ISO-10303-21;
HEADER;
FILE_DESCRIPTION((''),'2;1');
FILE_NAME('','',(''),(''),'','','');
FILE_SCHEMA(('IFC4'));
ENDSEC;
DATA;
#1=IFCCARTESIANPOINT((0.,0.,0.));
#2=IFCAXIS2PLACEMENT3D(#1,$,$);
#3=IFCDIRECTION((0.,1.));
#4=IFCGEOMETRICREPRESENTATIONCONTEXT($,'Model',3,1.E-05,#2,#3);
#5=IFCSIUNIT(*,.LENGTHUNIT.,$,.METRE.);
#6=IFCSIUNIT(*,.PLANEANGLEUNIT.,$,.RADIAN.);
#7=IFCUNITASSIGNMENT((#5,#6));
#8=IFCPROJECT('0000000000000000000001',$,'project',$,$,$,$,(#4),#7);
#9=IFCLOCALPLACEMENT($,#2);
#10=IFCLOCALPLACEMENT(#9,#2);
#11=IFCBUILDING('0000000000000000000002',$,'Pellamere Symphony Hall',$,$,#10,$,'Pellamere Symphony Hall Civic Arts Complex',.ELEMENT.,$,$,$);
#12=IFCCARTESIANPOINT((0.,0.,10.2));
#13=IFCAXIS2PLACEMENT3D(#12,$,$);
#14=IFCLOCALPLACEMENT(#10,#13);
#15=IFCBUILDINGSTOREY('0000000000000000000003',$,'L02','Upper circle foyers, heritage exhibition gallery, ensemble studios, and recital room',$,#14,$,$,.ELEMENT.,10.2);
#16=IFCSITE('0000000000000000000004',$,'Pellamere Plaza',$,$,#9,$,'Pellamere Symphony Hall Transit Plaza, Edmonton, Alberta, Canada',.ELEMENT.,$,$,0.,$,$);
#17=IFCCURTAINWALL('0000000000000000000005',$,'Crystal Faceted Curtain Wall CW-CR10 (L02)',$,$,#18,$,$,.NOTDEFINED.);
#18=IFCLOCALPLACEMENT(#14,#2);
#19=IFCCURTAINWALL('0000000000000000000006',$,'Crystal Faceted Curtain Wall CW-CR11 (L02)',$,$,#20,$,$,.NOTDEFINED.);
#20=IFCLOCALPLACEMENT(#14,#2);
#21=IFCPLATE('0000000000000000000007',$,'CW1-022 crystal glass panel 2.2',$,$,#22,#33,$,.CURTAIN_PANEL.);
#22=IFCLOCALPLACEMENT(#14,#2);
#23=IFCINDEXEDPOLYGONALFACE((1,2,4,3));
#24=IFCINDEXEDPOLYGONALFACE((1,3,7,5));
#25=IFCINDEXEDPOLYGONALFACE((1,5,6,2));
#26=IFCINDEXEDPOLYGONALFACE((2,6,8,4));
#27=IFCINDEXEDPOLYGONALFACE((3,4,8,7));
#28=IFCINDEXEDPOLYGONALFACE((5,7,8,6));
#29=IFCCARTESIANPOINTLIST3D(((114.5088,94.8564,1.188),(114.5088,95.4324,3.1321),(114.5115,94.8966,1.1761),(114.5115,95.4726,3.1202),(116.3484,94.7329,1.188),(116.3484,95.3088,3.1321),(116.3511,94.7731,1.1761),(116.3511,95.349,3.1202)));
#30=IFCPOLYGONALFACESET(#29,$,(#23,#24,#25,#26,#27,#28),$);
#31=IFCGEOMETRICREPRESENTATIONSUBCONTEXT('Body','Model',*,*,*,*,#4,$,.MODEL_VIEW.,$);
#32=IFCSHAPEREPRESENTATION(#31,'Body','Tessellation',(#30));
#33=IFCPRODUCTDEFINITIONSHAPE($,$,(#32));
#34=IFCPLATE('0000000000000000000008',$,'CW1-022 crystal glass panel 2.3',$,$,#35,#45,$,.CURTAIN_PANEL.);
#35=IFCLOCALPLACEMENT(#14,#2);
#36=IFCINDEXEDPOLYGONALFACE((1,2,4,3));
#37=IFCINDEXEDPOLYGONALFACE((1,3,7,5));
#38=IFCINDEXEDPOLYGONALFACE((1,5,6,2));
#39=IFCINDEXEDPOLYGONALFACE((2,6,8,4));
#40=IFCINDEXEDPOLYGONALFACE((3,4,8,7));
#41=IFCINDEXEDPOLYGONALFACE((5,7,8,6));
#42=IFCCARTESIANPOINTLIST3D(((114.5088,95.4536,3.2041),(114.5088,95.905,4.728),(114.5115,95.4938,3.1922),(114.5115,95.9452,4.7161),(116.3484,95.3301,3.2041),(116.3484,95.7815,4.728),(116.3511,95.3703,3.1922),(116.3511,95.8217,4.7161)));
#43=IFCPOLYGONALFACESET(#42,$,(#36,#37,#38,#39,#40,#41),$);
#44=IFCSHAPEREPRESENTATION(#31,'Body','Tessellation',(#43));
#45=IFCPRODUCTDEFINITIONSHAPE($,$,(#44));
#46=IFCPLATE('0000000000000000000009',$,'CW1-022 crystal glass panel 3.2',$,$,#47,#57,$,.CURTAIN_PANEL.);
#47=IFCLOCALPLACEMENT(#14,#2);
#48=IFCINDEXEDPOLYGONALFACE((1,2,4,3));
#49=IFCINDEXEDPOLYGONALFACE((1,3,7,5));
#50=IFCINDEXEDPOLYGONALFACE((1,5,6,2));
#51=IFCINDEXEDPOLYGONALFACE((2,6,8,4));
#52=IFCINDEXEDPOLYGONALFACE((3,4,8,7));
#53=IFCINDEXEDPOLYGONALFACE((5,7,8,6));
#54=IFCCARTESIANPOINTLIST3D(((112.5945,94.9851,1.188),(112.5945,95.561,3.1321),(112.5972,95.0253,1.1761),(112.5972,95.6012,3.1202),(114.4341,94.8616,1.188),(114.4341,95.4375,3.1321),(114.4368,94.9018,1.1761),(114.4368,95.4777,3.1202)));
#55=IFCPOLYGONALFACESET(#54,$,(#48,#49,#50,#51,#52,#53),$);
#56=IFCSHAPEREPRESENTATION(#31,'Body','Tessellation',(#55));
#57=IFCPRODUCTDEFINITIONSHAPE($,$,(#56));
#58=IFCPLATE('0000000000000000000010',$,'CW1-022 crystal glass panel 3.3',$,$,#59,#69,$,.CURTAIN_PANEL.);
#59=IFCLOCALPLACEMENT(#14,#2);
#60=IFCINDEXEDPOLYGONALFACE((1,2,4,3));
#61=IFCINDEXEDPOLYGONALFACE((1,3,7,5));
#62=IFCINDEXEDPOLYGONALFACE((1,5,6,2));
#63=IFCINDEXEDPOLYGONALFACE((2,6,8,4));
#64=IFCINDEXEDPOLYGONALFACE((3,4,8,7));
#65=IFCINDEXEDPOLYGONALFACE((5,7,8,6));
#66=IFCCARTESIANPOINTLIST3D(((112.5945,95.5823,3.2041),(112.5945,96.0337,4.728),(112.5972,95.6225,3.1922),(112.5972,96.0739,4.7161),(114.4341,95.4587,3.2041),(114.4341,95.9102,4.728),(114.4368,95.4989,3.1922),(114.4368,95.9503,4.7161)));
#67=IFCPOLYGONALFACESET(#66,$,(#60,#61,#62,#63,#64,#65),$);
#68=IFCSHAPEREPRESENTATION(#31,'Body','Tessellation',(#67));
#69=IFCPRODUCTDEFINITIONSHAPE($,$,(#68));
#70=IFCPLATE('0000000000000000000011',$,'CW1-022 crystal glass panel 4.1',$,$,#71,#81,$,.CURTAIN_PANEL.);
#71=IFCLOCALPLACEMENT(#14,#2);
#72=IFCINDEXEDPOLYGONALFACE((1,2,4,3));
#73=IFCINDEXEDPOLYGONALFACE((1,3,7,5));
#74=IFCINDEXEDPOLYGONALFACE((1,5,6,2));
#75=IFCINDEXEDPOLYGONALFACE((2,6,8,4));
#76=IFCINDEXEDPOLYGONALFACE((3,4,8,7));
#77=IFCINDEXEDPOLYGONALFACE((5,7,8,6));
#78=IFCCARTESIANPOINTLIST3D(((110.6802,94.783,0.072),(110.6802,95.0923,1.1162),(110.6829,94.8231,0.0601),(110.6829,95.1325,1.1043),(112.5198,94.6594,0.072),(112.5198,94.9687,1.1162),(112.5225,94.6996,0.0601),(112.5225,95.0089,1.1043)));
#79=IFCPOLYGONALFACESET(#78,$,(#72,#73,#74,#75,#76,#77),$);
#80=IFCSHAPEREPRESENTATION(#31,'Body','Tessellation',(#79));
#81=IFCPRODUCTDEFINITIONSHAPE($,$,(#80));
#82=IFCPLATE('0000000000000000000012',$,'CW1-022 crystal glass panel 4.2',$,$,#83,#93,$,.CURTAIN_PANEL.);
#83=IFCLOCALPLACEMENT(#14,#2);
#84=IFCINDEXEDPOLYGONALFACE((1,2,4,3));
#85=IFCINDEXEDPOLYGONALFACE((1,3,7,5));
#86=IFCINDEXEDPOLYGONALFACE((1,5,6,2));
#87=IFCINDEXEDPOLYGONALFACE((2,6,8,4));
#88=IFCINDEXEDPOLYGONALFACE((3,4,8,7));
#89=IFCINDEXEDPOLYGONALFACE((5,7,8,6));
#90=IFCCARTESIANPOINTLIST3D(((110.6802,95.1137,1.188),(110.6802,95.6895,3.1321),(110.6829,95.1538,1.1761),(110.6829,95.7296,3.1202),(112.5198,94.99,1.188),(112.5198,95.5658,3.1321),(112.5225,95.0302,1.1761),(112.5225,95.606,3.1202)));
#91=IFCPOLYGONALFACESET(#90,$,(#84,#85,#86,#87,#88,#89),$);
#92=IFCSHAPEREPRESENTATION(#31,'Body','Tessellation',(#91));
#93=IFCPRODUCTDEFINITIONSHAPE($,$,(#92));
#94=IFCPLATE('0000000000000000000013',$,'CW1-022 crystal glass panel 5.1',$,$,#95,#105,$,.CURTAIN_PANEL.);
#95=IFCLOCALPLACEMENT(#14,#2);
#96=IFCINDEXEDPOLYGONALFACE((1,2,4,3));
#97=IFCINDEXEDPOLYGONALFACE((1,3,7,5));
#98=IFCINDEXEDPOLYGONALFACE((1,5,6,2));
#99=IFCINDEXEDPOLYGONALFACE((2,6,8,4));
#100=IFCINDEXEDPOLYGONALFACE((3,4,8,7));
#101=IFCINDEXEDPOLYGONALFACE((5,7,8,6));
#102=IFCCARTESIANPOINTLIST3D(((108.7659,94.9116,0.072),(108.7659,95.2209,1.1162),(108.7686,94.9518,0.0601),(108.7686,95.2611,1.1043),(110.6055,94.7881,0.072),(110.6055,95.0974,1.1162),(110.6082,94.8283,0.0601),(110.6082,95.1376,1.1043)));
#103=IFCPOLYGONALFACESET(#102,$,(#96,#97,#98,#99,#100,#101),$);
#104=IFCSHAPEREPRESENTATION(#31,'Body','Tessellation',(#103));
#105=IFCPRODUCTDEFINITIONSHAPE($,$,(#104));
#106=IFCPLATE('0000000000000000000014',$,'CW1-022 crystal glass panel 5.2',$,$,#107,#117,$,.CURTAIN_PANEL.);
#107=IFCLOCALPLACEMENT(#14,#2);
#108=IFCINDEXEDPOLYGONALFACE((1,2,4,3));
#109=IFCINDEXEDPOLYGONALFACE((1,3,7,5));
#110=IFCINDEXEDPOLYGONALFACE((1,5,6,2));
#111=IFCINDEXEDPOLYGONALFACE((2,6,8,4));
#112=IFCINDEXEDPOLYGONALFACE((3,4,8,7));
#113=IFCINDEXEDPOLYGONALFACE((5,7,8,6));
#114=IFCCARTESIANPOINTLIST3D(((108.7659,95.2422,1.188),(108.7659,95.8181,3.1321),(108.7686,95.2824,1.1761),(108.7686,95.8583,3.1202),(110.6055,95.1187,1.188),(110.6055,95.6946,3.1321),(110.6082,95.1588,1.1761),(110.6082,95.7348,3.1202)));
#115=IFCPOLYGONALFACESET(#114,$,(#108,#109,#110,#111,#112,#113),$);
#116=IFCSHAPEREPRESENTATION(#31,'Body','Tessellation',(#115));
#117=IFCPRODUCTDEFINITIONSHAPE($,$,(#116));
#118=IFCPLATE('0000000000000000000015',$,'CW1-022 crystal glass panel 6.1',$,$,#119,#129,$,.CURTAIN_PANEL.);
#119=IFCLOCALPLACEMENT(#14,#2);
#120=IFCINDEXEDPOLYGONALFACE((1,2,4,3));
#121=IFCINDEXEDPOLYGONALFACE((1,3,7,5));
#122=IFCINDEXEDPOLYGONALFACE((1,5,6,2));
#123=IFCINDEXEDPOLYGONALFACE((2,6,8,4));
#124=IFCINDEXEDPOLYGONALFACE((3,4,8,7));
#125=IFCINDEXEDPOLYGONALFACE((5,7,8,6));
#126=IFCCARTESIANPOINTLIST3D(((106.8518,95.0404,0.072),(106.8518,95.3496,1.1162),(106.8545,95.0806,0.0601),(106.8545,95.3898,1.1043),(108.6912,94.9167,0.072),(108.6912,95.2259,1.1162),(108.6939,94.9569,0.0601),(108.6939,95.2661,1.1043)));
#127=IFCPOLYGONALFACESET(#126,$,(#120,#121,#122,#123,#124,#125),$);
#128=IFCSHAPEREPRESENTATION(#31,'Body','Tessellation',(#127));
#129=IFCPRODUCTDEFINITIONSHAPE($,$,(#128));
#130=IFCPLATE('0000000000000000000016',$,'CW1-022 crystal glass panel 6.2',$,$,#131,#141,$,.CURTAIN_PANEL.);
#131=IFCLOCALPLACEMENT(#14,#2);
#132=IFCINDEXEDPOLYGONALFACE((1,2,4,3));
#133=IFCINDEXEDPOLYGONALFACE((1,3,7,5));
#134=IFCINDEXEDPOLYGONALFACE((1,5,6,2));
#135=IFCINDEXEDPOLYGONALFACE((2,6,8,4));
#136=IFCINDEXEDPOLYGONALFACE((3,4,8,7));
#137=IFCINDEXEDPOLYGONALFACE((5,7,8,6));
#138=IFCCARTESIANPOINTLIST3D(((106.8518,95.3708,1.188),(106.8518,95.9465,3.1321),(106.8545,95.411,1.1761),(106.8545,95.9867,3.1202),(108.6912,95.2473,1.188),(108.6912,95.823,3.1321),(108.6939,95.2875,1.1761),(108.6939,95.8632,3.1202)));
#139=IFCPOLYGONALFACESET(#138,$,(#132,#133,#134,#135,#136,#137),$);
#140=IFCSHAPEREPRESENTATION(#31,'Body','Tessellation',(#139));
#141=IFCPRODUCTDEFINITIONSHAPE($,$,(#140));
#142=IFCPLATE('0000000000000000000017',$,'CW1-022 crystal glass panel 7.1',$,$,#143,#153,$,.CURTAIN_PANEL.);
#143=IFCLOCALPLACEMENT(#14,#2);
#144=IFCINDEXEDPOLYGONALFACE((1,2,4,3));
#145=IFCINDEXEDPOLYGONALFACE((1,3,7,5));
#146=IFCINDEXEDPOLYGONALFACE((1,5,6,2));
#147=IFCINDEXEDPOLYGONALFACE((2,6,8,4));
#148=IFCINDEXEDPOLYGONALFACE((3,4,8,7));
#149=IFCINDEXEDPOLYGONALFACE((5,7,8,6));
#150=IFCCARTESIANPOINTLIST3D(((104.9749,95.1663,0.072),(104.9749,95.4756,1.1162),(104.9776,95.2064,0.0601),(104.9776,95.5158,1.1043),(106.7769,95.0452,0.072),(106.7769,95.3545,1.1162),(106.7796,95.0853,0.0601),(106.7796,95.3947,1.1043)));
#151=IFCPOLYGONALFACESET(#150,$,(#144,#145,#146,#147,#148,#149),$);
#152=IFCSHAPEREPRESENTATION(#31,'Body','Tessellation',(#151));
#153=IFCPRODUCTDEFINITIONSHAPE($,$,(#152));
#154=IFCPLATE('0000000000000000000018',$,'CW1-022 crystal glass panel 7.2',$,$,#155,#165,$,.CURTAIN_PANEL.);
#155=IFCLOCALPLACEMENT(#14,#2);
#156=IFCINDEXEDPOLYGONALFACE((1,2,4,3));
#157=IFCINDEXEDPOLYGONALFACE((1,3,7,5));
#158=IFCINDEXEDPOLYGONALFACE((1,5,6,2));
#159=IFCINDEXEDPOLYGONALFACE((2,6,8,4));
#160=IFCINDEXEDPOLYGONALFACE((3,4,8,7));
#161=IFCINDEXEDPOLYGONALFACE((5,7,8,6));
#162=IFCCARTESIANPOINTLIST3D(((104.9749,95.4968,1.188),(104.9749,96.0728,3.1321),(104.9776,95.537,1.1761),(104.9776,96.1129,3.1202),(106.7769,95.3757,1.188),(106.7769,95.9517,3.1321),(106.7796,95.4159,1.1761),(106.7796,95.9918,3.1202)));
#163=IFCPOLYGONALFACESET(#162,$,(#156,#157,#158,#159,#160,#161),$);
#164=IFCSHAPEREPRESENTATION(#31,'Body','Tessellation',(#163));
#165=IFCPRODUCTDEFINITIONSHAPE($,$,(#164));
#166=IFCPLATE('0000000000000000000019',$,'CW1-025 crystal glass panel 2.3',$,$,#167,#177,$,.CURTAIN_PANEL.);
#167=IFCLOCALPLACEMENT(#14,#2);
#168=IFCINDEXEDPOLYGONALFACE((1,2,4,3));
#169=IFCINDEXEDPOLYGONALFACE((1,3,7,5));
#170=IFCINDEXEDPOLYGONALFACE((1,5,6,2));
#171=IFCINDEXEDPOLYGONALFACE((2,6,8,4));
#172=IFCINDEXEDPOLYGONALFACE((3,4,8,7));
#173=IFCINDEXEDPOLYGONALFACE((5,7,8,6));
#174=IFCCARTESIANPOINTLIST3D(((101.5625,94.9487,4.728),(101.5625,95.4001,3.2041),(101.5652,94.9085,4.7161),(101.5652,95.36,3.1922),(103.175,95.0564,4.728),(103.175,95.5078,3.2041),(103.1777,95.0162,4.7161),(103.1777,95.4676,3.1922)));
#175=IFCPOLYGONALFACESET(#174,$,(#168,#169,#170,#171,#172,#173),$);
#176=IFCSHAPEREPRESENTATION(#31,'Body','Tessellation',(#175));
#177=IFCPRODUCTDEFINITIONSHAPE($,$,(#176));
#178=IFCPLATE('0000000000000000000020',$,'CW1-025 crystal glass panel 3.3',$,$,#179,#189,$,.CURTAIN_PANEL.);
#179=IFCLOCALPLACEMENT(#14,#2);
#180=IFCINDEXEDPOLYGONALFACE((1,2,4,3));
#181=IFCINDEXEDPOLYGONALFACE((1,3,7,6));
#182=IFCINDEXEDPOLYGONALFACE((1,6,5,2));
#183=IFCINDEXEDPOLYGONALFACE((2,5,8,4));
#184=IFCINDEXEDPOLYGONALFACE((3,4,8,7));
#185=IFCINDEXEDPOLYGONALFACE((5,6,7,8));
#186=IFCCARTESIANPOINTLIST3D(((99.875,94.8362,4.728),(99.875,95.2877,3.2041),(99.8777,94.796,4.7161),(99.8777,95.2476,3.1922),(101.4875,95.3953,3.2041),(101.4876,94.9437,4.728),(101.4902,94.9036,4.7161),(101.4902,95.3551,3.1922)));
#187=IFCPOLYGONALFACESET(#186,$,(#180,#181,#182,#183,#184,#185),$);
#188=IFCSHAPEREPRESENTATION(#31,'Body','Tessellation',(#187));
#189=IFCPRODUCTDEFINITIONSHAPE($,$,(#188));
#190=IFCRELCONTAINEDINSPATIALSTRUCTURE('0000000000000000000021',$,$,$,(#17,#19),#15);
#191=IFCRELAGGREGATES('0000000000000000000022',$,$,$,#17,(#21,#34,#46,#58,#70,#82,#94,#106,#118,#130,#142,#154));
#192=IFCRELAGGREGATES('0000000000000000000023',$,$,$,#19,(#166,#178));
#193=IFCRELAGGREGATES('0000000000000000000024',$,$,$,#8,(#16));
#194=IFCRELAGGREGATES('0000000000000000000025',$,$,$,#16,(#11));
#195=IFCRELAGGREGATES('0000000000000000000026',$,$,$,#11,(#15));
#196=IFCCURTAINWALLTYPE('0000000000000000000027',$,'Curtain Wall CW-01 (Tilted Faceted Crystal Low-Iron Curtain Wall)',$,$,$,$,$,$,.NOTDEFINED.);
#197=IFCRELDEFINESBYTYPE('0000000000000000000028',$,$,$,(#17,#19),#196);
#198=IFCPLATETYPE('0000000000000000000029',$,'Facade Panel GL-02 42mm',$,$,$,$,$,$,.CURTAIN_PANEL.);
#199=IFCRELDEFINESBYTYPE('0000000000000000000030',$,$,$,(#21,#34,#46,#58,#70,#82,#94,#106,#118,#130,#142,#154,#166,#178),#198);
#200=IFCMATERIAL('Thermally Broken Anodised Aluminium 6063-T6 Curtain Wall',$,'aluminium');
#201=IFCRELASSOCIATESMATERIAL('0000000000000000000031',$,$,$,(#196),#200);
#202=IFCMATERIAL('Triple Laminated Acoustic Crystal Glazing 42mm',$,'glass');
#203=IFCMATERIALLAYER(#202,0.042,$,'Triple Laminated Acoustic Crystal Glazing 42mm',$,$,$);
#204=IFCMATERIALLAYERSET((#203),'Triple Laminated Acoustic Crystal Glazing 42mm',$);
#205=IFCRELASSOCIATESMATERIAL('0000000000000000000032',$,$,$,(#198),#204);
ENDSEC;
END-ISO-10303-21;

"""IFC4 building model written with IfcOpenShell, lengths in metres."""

from ifc_helpers import new_model, si_unit, direction, frame, origin, place, context, subcontext, project, spatial, polyline, outline, extrude, material, layer, layer_set, type_object, element, aggregate, save


model = new_model("IFC4")

# Units and contexts
model_context = context("Model", 3, precision=1e-05, world=origin(), true_north=direction((0.0, 1.0)))
body_context = subcontext(model_context, "Body", "Model", "MODEL_VIEW")
ifc_project = project(units=[si_unit("LENGTHUNIT", "METRE"), si_unit("PLANEANGLEUNIT", "RADIAN")], contexts=[model_context])

# Site, building, storey
site_placement = place(None, origin())
site = spatial("IfcSite", under=ifc_project, at=site_placement, Name="Pellamere Plaza", LongName="Pellamere Symphony Hall Transit Plaza, Edmonton, Alberta, Canada", CompositionType="ELEMENT", RefElevation=0.0)
building_placement = place(site_placement, origin())
building = spatial("IfcBuilding", under=site, at=building_placement, Name="Pellamere Symphony Hall", LongName="Pellamere Symphony Hall Civic Arts Complex", CompositionType="ELEMENT")
storey_placement = place(building_placement, frame((0.0, 0.0, 10.2)))
storey = spatial("IfcBuildingStorey", under=building, at=storey_placement, Name="L02", Description="Upper circle foyers, heritage exhibition gallery, ensemble studios, and recital room", CompositionType="ELEMENT", Elevation=10.2)

# Curtain walls
ifc_material_1 = material(Name="Thermally Broken Anodised Aluminium 6063-T6 Curtain Wall", Category="aluminium")
curtain_wall_type = type_object("IfcCurtainWallType", Name="Curtain Wall CW-01 (Tilted Faceted Crystal Low-Iron Curtain Wall)", PredefinedType="NOTDEFINED", material=ifc_material_1)
curtain_wall_1_placement = place(storey_placement, origin())
curtain_wall_1 = element("IfcCurtainWall", 1, at=curtain_wall_1_placement, inside=storey, type_object=curtain_wall_type, Name="Crystal Faceted Curtain Wall CW-CR10 (L02)", PredefinedType="NOTDEFINED")
curtain_wall_2_placement = place(storey_placement, origin())
curtain_wall_2 = element("IfcCurtainWall", 2, at=curtain_wall_2_placement, inside=storey, type_object=curtain_wall_type, Name="Crystal Faceted Curtain Wall CW-CR11 (L02)", PredefinedType="NOTDEFINED")

# Plates
ifc_material_2 = material(Name="Triple Laminated Acoustic Crystal Glazing 42mm", Category="glass")
ifc_layer_1 = layer(ifc_material_2, 0.042, Name="Triple Laminated Acoustic Crystal Glazing 42mm")
ifc_layer_set_1 = layer_set([ifc_layer_1], Name="Triple Laminated Acoustic Crystal Glazing 42mm")
plate_type_1 = type_object("IfcPlateType", Name="Facade Panel GL-02 42mm", PredefinedType="CURTAIN_PANEL", material=ifc_layer_set_1)
plate_1_placement = place(storey_placement, frame((116.3484, 94.7329, 1.188), z_axis=(-0.064254, -0.95683, 0.283456), x_axis=(-0.997753, 0.067002, 0.0)))
plate_1 = element("IfcPlate", 3, at=plate_1_placement, type_object=plate_type_1, Name="CW1-022 crystal glass panel 2.2", PredefinedType="CURTAIN_PANEL", context=body_context, shape_type="SweptSolid", body=[
    extrude(outline(polyline([(0.0, 0.0), (1.8437, 0.0), (1.8823, -2.0272), (0.0386, -2.0272), (0.0, 0.0)])), origin(), (0.0, 0.0, -1.0), 0.042),
])
plate_2_placement = place(storey_placement, frame((116.3484, 95.3301, 3.2041), z_axis=(-0.064255, -0.956837, 0.283433), x_axis=(-0.997753, 0.067002, 0.0)))
plate_2 = element("IfcPlate", 4, at=plate_2_placement, type_object=plate_type_1, Name="CW1-022 crystal glass panel 2.3", PredefinedType="CURTAIN_PANEL", context=body_context, shape_type="SweptSolid", body=[
    extrude(outline(polyline([(0.0, 0.0), (1.8437, 0.0), (1.874, -1.5891), (0.0302, -1.5891), (0.0, 0.0)])), origin(), (0.0, 0.0, -1.0), 0.042),
])
plate_3_placement = place(storey_placement, frame((114.4341, 94.8616, 1.188), z_axis=(-0.064254, -0.95683, 0.283456), x_axis=(-0.997753, 0.067002, 0.0)))
plate_3 = element("IfcPlate", 5, at=plate_3_placement, type_object=plate_type_1, Name="CW1-022 crystal glass panel 3.2", PredefinedType="CURTAIN_PANEL", context=body_context, shape_type="SweptSolid", body=[
    extrude(outline(polyline([(0.0, 0.0), (1.8437, 0.0), (1.8823, -2.0272), (0.0386, -2.0272), (0.0, 0.0)])), origin(), (0.0, 0.0, -1.0), 0.042),
])
plate_4_placement = place(storey_placement, frame((114.4341, 95.4587, 3.2041), z_axis=(-0.064255, -0.956837, 0.283433), x_axis=(-0.997753, 0.067002, 0.0)))
plate_4 = element("IfcPlate", 6, at=plate_4_placement, type_object=plate_type_1, Name="CW1-022 crystal glass panel 3.3", PredefinedType="CURTAIN_PANEL", context=body_context, shape_type="SweptSolid", body=[
    extrude(outline(polyline([(0.0, 0.0), (1.8437, 0.0), (1.874, -1.5891), (0.0302, -1.5891), (0.0, 0.0)])), origin(), (0.0, 0.0, -1.0), 0.042),
])
plate_5_placement = place(storey_placement, frame((112.5198, 94.6594, 0.072), z_axis=(-0.064254, -0.956833, 0.283448), x_axis=(-0.997753, 0.067002, 0.0)))
plate_5 = element("IfcPlate", 7, at=plate_5_placement, type_object=plate_type_1, Name="CW1-022 crystal glass panel 4.1", PredefinedType="CURTAIN_PANEL", context=body_context, shape_type="SweptSolid", body=[
    extrude(outline(polyline([(0.0, 0.0), (1.8437, 0.0), (1.8645, -1.0888), (0.0207, -1.0888), (0.0, 0.0)])), origin(), (0.0, 0.0, -1.0), 0.042),
])
plate_6_placement = place(storey_placement, frame((112.5198, 94.99, 1.188), z_axis=(-0.064319, -0.956843, 0.2834), x_axis=(-0.997748, 0.067074, 0.000018)))
plate_6 = element("IfcPlate", 8, at=plate_6_placement, type_object=plate_type_1, Name="CW1-022 crystal glass panel 4.2", PredefinedType="CURTAIN_PANEL", context=body_context, shape_type="SweptSolid", body=[
    extrude(outline(polyline([(0.0, 0.0), (1.8438, 0.0), (1.8824, -2.0272), (0.0387, -2.0272), (0.0, 0.0)])), origin(), (0.0, 0.0, -1.0), 0.042),
])
plate_7_placement = place(storey_placement, frame((110.6055, 94.7881, 0.072), z_axis=(-0.064254, -0.956833, 0.283448), x_axis=(-0.997753, 0.067002, 0.0)))
plate_7 = element("IfcPlate", 9, at=plate_7_placement, type_object=plate_type_1, Name="CW1-022 crystal glass panel 5.1", PredefinedType="CURTAIN_PANEL", context=body_context, shape_type="SweptSolid", body=[
    extrude(outline(polyline([(0.0, 0.0), (1.8437, 0.0), (1.8645, -1.0888), (0.0207, -1.0888), (0.0, 0.0)])), origin(), (0.0, 0.0, -1.0), 0.042),
])
plate_8_placement = place(storey_placement, frame((110.6055, 95.1187, 1.188), z_axis=(-0.064254, -0.95683, 0.283456), x_axis=(-0.997753, 0.067002, 0.0)))
plate_8 = element("IfcPlate", 10, at=plate_8_placement, type_object=plate_type_1, Name="CW1-022 crystal glass panel 5.2", PredefinedType="CURTAIN_PANEL", context=body_context, shape_type="SweptSolid", body=[
    extrude(outline(polyline([(0.0, 0.0), (1.8437, 0.0), (1.8823, -2.0272), (0.0386, -2.0272), (0.0, 0.0)])), origin(), (0.0, 0.0, -1.0), 0.042),
])
plate_9_placement = place(storey_placement, frame((108.6912, 94.9167, 0.072), z_axis=(-0.064328, -0.956859, 0.283344), x_axis=(-0.997748, 0.067072, -0.000018)))
plate_9 = element("IfcPlate", 11, at=plate_9_placement, type_object=plate_type_1, Name="CW1-022 crystal glass panel 6.1", PredefinedType="CURTAIN_PANEL", context=body_context, shape_type="SweptSolid", body=[
    extrude(outline(polyline([(0.0, 0.0), (1.8435, 0.0), (1.8642, -1.0888), (0.0207, -1.0888), (0.0, 0.0)])), origin(), (0.0, 0.0, -1.0), 0.042),
])
plate_10_placement = place(storey_placement, frame((108.6912, 95.2473, 1.188), z_axis=(-0.064265, -0.956862, 0.283346), x_axis=(-0.997752, 0.067011, 0.0)))
plate_10 = element("IfcPlate", 12, at=plate_10_placement, type_object=plate_type_1, Name="CW1-022 crystal glass panel 6.2", PredefinedType="CURTAIN_PANEL", context=body_context, shape_type="SweptSolid", body=[
    extrude(outline(polyline([(0.0, 0.0), (1.8435, 0.0), (1.8821, -2.0272), (0.0386, -2.0272), (0.0, 0.0)])), origin(), (0.0, 0.0, -1.0), 0.042),
])
plate_11_placement = place(storey_placement, frame((106.7769, 95.0452, 0.072), z_axis=(-0.064299, -0.95683, 0.283447), x_axis=(-0.99775, 0.067048, 0.0)))
plate_11 = element("IfcPlate", 13, at=plate_11_placement, type_object=plate_type_1, Name="CW1-022 crystal glass panel 7.1", PredefinedType="CURTAIN_PANEL", context=body_context, shape_type="SweptSolid", body=[
    extrude(outline(polyline([(0.0, 0.0), (1.8061, 0.0), (1.8268, -1.0888), (0.0207, -1.0888), (0.0, 0.0)])), origin(), (0.0, 0.0, -1.0), 0.042),
])
plate_12_placement = place(storey_placement, frame((106.7769, 95.3757, 1.188), z_axis=(-0.064298, -0.956827, 0.283455), x_axis=(-0.99775, 0.067048, 0.0)))
plate_12 = element("IfcPlate", 14, at=plate_12_placement, type_object=plate_type_1, Name="CW1-022 crystal glass panel 7.2", PredefinedType="CURTAIN_PANEL", context=body_context, shape_type="SweptSolid", body=[
    extrude(outline(polyline([(0.0, 0.0), (1.8061, 0.0), (1.8447, -2.0272), (0.0386, -2.0272), (0.0, 0.0)])), origin(), (0.0, 0.0, -1.0), 0.042),
])
aggregate(curtain_wall_1, [plate_1, plate_2, plate_3, plate_4, plate_5, plate_6, plate_7, plate_8, plate_9, plate_10, plate_11, plate_12])
plate_13_placement = place(storey_placement, frame((103.175, 95.5078, 3.2041), z_axis=(-0.063887, 0.95686, 0.28344), x_axis=(-0.997778, -0.066619, 0.0)))
plate_13 = element("IfcPlate", 15, at=plate_13_placement, type_object=plate_type_1, Name="CW1-025 crystal glass panel 2.3", PredefinedType="CURTAIN_PANEL", context=body_context, shape_type="SweptSolid", body=[
    extrude(outline(polyline([(0.0, 0.0), (1.6161, 0.0), (1.6462, 1.5891), (0.0301, 1.5891), (0.0, 0.0)])), origin(), (0.0, 0.0, -1.0), 0.042),
])
plate_14_placement = place(storey_placement, frame((101.4875, 95.3953, 3.2041), z_axis=(-0.063814, 0.956843, 0.283512), x_axis=(-0.997784, -0.066538, -0.00002)))
plate_14 = element("IfcPlate", 16, at=plate_14_placement, type_object=plate_type_1, Name="CW1-025 crystal glass panel 3.3", PredefinedType="CURTAIN_PANEL", context=body_context, shape_type="SweptSolid", body=[
    extrude(outline(polyline([(0.0, 0.0), (1.6161, 0.0), (1.6461, 1.5892), (0.03, 1.5891), (0.0, 0.0)])), origin(), (0.0, 0.0, -1.0), 0.042),
])
aggregate(curtain_wall_2, [plate_13, plate_14])

save(model, "model.ifc")
